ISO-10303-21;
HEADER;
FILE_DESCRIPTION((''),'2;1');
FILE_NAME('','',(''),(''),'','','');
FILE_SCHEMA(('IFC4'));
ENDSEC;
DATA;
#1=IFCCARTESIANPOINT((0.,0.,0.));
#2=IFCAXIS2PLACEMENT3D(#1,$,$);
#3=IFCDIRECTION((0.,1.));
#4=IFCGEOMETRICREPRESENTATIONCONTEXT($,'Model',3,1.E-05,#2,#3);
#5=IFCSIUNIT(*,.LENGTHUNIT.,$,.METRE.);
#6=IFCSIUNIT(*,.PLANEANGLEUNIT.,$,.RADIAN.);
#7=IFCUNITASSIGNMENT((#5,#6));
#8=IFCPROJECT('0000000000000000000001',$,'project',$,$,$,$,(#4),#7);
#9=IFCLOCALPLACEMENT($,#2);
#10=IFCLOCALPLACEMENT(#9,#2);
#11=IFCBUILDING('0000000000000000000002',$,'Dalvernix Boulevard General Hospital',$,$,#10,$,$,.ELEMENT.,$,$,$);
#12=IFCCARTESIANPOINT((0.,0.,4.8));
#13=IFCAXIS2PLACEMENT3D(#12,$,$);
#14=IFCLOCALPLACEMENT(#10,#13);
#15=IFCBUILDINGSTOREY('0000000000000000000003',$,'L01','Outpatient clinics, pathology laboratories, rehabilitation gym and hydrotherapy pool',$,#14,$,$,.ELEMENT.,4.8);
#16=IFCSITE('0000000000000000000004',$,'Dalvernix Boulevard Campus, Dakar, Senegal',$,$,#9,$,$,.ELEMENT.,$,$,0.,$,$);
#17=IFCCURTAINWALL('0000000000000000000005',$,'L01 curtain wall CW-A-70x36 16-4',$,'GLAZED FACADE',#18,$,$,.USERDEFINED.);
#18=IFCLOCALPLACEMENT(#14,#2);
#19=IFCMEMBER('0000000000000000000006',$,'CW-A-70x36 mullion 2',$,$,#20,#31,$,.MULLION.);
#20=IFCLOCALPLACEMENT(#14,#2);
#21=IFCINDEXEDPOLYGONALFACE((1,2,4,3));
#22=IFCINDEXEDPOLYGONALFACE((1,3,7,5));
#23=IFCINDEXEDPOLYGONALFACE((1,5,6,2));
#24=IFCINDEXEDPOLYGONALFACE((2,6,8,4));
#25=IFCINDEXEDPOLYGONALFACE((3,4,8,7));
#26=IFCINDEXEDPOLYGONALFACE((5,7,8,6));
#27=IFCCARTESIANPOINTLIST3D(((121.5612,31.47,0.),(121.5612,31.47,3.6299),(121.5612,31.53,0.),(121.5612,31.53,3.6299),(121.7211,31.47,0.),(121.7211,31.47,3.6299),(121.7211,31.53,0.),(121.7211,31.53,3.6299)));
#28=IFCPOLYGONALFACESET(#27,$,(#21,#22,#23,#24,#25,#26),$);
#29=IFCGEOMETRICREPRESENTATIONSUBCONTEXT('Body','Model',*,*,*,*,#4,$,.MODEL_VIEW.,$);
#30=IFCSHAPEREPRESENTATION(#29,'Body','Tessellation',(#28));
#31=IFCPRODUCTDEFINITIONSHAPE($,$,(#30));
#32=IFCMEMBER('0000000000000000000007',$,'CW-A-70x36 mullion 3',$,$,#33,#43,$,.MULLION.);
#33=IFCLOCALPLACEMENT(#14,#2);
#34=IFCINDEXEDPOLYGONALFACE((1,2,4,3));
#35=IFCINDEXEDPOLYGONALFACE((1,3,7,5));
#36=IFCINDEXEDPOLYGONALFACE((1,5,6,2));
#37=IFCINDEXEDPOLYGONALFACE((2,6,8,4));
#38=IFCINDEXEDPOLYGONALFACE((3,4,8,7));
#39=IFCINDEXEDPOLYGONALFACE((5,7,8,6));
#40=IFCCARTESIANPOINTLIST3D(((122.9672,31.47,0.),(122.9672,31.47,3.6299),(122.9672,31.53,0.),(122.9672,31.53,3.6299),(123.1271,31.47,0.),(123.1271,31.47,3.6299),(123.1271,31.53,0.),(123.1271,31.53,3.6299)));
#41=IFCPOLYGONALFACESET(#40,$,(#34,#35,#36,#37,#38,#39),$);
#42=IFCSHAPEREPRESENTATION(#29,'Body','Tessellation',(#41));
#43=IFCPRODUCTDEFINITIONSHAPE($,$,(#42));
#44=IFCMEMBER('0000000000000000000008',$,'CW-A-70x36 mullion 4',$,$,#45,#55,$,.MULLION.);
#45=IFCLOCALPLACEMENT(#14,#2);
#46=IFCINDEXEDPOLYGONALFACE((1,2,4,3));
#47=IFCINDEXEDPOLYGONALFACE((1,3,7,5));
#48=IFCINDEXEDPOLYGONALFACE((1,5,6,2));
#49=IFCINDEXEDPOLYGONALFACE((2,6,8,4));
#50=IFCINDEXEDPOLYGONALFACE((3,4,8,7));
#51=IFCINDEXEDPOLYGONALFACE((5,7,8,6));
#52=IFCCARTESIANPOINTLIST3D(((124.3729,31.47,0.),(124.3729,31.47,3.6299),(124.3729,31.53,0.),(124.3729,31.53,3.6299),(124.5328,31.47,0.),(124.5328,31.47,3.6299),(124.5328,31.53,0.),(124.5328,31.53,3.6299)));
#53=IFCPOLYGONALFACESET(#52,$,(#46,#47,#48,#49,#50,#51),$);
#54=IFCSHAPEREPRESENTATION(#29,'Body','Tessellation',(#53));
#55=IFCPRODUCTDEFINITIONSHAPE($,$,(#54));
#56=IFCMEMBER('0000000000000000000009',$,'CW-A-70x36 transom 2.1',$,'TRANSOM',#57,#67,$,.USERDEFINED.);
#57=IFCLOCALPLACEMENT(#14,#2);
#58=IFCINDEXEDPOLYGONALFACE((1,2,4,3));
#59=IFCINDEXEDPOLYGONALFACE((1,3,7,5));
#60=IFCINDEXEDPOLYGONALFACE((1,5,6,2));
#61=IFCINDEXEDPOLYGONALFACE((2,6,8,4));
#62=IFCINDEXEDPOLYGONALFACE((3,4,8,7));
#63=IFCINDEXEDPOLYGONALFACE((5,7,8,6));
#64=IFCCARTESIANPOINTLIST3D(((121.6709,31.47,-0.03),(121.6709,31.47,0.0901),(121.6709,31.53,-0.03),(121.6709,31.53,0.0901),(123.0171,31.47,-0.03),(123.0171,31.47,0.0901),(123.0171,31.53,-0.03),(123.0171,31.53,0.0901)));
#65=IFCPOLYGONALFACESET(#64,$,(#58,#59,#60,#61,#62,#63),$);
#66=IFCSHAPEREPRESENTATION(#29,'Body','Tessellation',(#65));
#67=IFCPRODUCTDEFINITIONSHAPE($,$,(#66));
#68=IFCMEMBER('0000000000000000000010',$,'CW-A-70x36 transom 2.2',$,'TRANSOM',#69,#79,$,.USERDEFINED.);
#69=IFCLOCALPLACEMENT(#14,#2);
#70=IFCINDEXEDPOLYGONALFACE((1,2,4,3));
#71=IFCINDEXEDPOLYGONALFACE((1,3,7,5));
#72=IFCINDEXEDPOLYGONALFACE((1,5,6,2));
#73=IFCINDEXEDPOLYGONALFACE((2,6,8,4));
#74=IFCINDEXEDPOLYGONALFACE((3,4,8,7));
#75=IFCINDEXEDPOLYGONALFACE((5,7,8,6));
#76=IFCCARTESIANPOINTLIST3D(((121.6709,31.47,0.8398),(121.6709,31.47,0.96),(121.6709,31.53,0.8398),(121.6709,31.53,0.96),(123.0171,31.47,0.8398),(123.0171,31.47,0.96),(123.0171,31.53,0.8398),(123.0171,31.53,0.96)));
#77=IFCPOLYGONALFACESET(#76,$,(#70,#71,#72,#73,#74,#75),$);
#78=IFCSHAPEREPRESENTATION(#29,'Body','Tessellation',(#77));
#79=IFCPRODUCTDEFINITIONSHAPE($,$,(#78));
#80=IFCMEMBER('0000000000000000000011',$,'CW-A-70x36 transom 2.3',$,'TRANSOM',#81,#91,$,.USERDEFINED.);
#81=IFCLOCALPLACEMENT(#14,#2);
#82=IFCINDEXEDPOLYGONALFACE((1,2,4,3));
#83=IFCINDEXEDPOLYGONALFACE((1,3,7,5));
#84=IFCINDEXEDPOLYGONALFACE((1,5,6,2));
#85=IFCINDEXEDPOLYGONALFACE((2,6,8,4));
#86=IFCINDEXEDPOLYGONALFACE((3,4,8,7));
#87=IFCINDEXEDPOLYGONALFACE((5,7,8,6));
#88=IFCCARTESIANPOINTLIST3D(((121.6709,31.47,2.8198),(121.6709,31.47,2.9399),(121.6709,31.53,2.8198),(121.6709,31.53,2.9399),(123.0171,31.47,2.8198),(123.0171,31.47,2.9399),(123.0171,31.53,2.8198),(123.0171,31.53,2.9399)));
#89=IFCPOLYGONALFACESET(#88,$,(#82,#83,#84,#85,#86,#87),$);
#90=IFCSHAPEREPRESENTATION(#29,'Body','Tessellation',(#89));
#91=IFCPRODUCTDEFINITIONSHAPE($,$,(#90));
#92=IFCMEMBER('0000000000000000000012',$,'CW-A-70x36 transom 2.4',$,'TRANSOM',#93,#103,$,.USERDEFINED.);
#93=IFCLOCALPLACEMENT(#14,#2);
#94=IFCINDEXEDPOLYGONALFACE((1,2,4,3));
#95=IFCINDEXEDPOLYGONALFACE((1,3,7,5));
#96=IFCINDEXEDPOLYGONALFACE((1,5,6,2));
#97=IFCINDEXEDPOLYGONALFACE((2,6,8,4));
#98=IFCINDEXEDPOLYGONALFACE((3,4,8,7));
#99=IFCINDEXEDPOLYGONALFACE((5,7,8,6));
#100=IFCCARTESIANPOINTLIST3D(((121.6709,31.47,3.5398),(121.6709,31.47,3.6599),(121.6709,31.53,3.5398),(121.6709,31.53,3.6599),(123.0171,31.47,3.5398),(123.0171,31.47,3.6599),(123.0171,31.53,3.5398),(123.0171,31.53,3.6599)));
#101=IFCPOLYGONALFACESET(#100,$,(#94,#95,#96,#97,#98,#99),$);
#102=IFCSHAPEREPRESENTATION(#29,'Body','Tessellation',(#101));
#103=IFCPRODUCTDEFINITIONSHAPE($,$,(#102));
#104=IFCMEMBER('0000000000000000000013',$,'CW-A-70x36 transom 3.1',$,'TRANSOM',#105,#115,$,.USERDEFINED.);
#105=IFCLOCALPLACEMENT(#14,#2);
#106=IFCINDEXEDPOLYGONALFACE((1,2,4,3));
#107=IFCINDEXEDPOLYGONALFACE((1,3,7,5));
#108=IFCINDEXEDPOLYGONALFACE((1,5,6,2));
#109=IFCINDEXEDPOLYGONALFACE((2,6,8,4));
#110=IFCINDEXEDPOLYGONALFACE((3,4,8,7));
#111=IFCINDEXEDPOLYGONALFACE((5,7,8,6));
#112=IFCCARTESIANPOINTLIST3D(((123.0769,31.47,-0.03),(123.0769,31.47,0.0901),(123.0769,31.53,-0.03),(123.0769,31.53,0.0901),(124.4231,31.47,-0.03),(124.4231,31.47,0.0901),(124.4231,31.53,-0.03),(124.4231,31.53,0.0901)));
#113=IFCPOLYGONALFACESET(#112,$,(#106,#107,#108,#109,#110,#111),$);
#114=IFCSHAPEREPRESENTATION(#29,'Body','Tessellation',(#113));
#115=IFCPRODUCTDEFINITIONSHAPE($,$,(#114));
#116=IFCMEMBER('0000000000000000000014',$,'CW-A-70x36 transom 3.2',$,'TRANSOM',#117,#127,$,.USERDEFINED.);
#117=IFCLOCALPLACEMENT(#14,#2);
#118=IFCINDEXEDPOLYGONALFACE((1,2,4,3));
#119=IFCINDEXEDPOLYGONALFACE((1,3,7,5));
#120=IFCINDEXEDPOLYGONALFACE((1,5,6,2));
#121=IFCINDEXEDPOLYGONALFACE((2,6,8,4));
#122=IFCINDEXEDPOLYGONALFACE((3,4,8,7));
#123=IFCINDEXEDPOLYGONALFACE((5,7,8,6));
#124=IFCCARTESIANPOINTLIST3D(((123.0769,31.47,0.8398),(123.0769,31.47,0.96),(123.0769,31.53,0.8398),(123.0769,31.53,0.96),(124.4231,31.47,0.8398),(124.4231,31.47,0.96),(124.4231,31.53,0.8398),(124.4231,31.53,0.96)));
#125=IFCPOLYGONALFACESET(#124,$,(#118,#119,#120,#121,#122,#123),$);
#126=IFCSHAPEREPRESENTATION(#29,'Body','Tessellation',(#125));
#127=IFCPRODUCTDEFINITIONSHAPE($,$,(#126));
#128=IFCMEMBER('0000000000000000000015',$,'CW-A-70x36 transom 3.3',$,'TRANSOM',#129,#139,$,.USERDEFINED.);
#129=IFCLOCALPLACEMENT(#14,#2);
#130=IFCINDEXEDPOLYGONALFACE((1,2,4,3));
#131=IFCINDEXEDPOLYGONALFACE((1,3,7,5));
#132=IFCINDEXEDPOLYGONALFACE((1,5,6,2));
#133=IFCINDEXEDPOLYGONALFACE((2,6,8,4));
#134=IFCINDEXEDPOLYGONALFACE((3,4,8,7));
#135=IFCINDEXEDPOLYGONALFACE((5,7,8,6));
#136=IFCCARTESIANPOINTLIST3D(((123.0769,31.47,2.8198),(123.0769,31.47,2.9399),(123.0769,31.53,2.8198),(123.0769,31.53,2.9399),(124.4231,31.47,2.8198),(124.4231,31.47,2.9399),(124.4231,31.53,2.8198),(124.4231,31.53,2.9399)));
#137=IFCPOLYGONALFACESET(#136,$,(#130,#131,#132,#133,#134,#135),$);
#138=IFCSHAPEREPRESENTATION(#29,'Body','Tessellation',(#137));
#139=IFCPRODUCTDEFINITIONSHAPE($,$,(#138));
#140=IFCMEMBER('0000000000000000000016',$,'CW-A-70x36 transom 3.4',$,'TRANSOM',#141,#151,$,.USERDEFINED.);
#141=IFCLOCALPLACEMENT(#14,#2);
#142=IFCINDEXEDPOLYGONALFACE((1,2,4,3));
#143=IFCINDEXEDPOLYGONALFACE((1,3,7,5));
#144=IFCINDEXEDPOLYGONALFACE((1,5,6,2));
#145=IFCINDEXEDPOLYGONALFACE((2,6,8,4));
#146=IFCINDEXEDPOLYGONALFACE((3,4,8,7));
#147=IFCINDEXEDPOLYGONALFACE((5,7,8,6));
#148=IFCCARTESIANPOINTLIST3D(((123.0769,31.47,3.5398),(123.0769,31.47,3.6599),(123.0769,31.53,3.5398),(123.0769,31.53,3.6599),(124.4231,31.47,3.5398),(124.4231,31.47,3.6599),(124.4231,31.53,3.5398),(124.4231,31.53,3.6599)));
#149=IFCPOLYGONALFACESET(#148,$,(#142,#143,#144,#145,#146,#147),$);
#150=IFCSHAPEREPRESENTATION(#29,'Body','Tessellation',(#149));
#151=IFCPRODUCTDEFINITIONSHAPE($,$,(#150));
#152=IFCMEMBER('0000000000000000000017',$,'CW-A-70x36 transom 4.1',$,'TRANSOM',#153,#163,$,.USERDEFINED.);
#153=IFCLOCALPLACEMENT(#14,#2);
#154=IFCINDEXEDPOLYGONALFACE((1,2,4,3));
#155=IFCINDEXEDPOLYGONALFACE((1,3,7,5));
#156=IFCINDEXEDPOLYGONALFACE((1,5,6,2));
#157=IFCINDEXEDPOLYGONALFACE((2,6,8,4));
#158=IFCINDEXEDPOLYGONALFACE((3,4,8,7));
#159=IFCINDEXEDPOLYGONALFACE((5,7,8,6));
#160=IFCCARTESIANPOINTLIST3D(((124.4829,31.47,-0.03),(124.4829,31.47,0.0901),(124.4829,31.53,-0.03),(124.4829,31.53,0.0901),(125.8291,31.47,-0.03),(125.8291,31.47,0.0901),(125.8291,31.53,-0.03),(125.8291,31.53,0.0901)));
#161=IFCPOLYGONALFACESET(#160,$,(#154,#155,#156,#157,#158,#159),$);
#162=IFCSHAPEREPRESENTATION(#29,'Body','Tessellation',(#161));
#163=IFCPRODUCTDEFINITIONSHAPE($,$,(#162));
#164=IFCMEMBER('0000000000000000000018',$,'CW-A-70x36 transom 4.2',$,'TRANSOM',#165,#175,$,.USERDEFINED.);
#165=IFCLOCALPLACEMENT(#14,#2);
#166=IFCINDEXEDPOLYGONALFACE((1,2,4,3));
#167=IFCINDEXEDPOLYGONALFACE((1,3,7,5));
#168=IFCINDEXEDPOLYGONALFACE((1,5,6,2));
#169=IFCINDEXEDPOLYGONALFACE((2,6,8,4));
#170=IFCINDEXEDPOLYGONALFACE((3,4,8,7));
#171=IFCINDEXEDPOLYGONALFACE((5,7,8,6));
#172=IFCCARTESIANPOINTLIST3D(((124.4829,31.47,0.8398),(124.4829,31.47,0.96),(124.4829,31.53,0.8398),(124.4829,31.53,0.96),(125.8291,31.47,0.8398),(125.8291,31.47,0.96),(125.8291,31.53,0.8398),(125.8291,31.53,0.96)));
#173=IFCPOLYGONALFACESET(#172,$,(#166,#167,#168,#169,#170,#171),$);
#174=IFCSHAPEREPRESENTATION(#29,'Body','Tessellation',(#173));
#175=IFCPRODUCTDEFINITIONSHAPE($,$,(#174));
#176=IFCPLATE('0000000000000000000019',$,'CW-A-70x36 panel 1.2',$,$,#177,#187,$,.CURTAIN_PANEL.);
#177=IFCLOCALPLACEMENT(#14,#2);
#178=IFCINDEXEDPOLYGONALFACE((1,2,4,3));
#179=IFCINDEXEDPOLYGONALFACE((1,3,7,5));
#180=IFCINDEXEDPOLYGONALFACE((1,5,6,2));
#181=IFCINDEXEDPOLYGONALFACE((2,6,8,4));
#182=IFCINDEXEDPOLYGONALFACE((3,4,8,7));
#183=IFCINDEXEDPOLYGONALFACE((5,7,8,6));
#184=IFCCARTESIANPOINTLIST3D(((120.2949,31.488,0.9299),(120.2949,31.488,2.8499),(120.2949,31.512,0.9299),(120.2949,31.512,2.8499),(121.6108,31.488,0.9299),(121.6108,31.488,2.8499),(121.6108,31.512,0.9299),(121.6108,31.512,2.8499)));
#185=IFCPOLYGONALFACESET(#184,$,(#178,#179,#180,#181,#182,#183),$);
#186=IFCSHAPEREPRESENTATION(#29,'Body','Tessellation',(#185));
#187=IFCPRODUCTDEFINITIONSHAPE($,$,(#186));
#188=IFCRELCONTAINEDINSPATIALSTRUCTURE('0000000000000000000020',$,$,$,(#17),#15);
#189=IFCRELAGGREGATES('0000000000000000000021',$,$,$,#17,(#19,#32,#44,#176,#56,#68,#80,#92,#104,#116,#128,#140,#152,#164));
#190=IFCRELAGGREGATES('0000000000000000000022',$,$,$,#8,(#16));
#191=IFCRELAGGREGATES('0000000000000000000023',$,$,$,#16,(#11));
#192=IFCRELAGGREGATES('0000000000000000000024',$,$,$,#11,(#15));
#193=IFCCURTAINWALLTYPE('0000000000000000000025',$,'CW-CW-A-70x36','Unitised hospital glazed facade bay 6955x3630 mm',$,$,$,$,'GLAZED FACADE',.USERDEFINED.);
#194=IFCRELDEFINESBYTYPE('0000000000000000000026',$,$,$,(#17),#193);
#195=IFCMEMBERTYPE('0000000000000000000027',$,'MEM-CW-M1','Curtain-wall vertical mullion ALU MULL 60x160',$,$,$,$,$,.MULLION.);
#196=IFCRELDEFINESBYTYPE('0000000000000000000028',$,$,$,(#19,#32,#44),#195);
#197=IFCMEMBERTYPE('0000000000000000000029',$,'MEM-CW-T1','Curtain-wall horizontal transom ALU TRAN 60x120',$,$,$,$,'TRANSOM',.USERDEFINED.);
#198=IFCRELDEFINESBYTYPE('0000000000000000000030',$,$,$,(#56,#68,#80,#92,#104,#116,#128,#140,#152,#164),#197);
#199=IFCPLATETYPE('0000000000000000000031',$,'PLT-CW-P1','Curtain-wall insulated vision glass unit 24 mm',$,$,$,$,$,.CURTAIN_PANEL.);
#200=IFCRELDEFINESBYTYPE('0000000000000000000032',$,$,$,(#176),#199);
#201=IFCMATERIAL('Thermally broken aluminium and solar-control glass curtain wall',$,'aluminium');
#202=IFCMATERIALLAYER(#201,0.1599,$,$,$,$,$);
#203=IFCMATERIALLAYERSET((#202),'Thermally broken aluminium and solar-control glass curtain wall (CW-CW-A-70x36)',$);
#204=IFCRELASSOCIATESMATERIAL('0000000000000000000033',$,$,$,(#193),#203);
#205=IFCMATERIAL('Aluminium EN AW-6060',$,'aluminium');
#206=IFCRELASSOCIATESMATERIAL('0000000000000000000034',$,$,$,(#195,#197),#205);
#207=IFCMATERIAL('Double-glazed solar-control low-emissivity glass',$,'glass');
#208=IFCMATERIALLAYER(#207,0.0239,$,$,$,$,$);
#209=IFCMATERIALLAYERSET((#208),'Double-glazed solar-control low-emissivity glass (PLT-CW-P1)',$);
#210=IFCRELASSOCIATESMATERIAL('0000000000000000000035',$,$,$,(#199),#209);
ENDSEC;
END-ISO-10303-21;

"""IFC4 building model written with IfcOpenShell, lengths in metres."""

from ifc_helpers import new_model, si_unit, direction, frame, origin, origin_2d, place, context, subcontext, project, spatial, rectangle, extrude, material, layer, layer_set, material_profile, profile_set, type_object, element, aggregate, save


model = new_model("IFC4")

# Units and contexts
model_context = context("Model", 3, precision=1e-05, world=origin(), true_north=direction((0.0, 1.0)))
body_context = subcontext(model_context, "Body", "Model", "MODEL_VIEW")
ifc_project = project(units=[si_unit("LENGTHUNIT", "METRE"), si_unit("PLANEANGLEUNIT", "RADIAN")], contexts=[model_context])

# Site, building, storey
site_placement = place(None, origin())
site = spatial("IfcSite", under=ifc_project, at=site_placement, Name="Dalvernix Boulevard Campus, Dakar, Senegal", CompositionType="ELEMENT", RefElevation=0.0)
building_placement = place(site_placement, origin())
building = spatial("IfcBuilding", under=site, at=building_placement, Name="Dalvernix Boulevard General Hospital", CompositionType="ELEMENT")
storey_placement = place(building_placement, frame((0.0, 0.0, 4.8)))
storey = spatial("IfcBuildingStorey", under=building, at=storey_placement, Name="L01", Description="Outpatient clinics, pathology laboratories, rehabilitation gym and hydrotherapy pool", CompositionType="ELEMENT", Elevation=4.8)

# Curtain wall, members, plate
ifc_material_1 = material(Name="Thermally broken aluminium and solar-control glass curtain wall", Category="aluminium")
ifc_layer_1 = layer(ifc_material_1, 0.1599)
ifc_layer_set_1 = layer_set([ifc_layer_1], Name="Thermally broken aluminium and solar-control glass curtain wall (CW-CW-A-70x36)")
curtain_wall_type = type_object("IfcCurtainWallType", Name="CW-CW-A-70x36", Description="Unitised hospital glazed facade bay 6955x3630 mm", ElementType="GLAZED FACADE", PredefinedType="USERDEFINED", material=ifc_layer_set_1)
curtain_wall_placement = place(storey_placement, origin())
curtain_wall = element("IfcCurtainWall", 1, at=curtain_wall_placement, inside=storey, type_object=curtain_wall_type, Name="L01 curtain wall CW-A-70x36 16-4", ObjectType="GLAZED FACADE", PredefinedType="USERDEFINED")
ifc_material_2 = material(Name="Aluminium EN AW-6060", Category="aluminium")
ifc_material_profile_1 = material_profile(ifc_material_2, rectangle(XDim=0.0601, YDim=0.1599, at=origin_2d()), Name="ALU MULL 60x160")
ifc_profile_set_1 = profile_set([ifc_material_profile_1], Name="Aluminium EN AW-6060")
member_type_1 = type_object("IfcMemberType", Name="MEM-CW-M1", Description="Curtain-wall vertical mullion ALU MULL 60x160", PredefinedType="MULLION", material=ifc_profile_set_1)
member_1_placement = place(storey_placement, frame((121.6411, 31.5, 0.0), z_axis=(0.0, 0.0, 1.0), x_axis=(0.0, 1.0, 0.0)))
member_1 = element("IfcMember", 2, at=member_1_placement, type_object=member_type_1, Name="CW-A-70x36 mullion 2", PredefinedType="MULLION", context=body_context, shape_type="SweptSolid", body=[
    extrude(rectangle(XDim=0.0601, YDim=0.1599, at=origin_2d()), origin(), (0.0, 0.0, 1.0), 3.6299),
])
member_2_placement = place(storey_placement, frame((123.0471, 31.5, 0.0), z_axis=(0.0, 0.0, 1.0), x_axis=(0.0, 1.0, 0.0)))
member_2 = element("IfcMember", 3, at=member_2_placement, type_object=member_type_1, Name="CW-A-70x36 mullion 3", PredefinedType="MULLION", context=body_context, shape_type="SweptSolid", body=[
    extrude(rectangle(XDim=0.0601, YDim=0.1599, at=origin_2d()), origin(), (0.0, 0.0, 1.0), 3.6299),
])
member_3_placement = place(storey_placement, frame((124.4529, 31.5, 0.0), z_axis=(0.0, 0.0, 1.0), x_axis=(0.0, 1.0, 0.0)))
member_3 = element("IfcMember", 4, at=member_3_placement, type_object=member_type_1, Name="CW-A-70x36 mullion 4", PredefinedType="MULLION", context=body_context, shape_type="SweptSolid", body=[
    extrude(rectangle(XDim=0.0601, YDim=0.1599, at=origin_2d()), origin(), (0.0, 0.0, 1.0), 3.6299),
])
ifc_material_profile_2 = material_profile(ifc_material_2, rectangle(XDim=0.0601, YDim=0.1201, at=origin_2d()), Name="ALU TRAN 60x120")
ifc_profile_set_2 = profile_set([ifc_material_profile_2], Name="Aluminium EN AW-6060")
member_type_2 = type_object("IfcMemberType", Name="MEM-CW-T1", Description="Curtain-wall horizontal transom ALU TRAN 60x120", ElementType="TRANSOM", PredefinedType="USERDEFINED", material=ifc_profile_set_2)
member_4_placement = place(storey_placement, frame((121.6709, 31.5, 0.03), z_axis=(1.0, 0.0, 0.0), x_axis=(0.0, 1.0, 0.0)))
member_4 = element("IfcMember", 5, at=member_4_placement, type_object=member_type_2, Name="CW-A-70x36 transom 2.1", ObjectType="TRANSOM", PredefinedType="USERDEFINED", context=body_context, shape_type="SweptSolid", body=[
    extrude(rectangle(XDim=0.0601, YDim=0.1201, at=origin_2d()), origin(), (0.0, 0.0, 1.0), 1.3462),
])
member_5_placement = place(storey_placement, frame((121.6709, 31.5, 0.8999), z_axis=(1.0, 0.0, 0.0), x_axis=(0.0, 1.0, 0.0)))
member_5 = element("IfcMember", 6, at=member_5_placement, type_object=member_type_2, Name="CW-A-70x36 transom 2.2", ObjectType="TRANSOM", PredefinedType="USERDEFINED", context=body_context, shape_type="SweptSolid", body=[
    extrude(rectangle(XDim=0.0601, YDim=0.1201, at=origin_2d()), origin(), (0.0, 0.0, 1.0), 1.3462),
])
member_6_placement = place(storey_placement, frame((121.6709, 31.5, 2.8799), z_axis=(1.0, 0.0, 0.0), x_axis=(0.0, 1.0, 0.0)))
member_6 = element("IfcMember", 7, at=member_6_placement, type_object=member_type_2, Name="CW-A-70x36 transom 2.3", ObjectType="TRANSOM", PredefinedType="USERDEFINED", context=body_context, shape_type="SweptSolid", body=[
    extrude(rectangle(XDim=0.0601, YDim=0.1201, at=origin_2d()), origin(), (0.0, 0.0, 1.0), 1.3462),
])
member_7_placement = place(storey_placement, frame((121.6709, 31.5, 3.5999), z_axis=(1.0, 0.0, 0.0), x_axis=(0.0, 1.0, 0.0)))
member_7 = element("IfcMember", 8, at=member_7_placement, type_object=member_type_2, Name="CW-A-70x36 transom 2.4", ObjectType="TRANSOM", PredefinedType="USERDEFINED", context=body_context, shape_type="SweptSolid", body=[
    extrude(rectangle(XDim=0.0601, YDim=0.1201, at=origin_2d()), origin(), (0.0, 0.0, 1.0), 1.3462),
])
member_8_placement = place(storey_placement, frame((123.0769, 31.5, 0.03), z_axis=(1.0, 0.0, 0.0), x_axis=(0.0, 1.0, 0.0)))
member_8 = element("IfcMember", 9, at=member_8_placement, type_object=member_type_2, Name="CW-A-70x36 transom 3.1", ObjectType="TRANSOM", PredefinedType="USERDEFINED", context=body_context, shape_type="SweptSolid", body=[
    extrude(rectangle(XDim=0.0601, YDim=0.1201, at=origin_2d()), origin(), (0.0, 0.0, 1.0), 1.3462),
])
member_9_placement = place(storey_placement, frame((123.0769, 31.5, 0.8999), z_axis=(1.0, 0.0, 0.0), x_axis=(0.0, 1.0, 0.0)))
member_9 = element("IfcMember", 10, at=member_9_placement, type_object=member_type_2, Name="CW-A-70x36 transom 3.2", ObjectType="TRANSOM", PredefinedType="USERDEFINED", context=body_context, shape_type="SweptSolid", body=[
    extrude(rectangle(XDim=0.0601, YDim=0.1201, at=origin_2d()), origin(), (0.0, 0.0, 1.0), 1.3462),
])
member_10_placement = place(storey_placement, frame((123.0769, 31.5, 2.8799), z_axis=(1.0, 0.0, 0.0), x_axis=(0.0, 1.0, 0.0)))
member_10 = element("IfcMember", 11, at=member_10_placement, type_object=member_type_2, Name="CW-A-70x36 transom 3.3", ObjectType="TRANSOM", PredefinedType="USERDEFINED", context=body_context, shape_type="SweptSolid", body=[
    extrude(rectangle(XDim=0.0601, YDim=0.1201, at=origin_2d()), origin(), (0.0, 0.0, 1.0), 1.3462),
])
member_11_placement = place(storey_placement, frame((123.0769, 31.5, 3.5999), z_axis=(1.0, 0.0, 0.0), x_axis=(0.0, 1.0, 0.0)))
member_11 = element("IfcMember", 12, at=member_11_placement, type_object=member_type_2, Name="CW-A-70x36 transom 3.4", ObjectType="TRANSOM", PredefinedType="USERDEFINED", context=body_context, shape_type="SweptSolid", body=[
    extrude(rectangle(XDim=0.0601, YDim=0.1201, at=origin_2d()), origin(), (0.0, 0.0, 1.0), 1.3462),
])
member_12_placement = place(storey_placement, frame((124.4829, 31.5, 0.03), z_axis=(1.0, 0.0, 0.0), x_axis=(0.0, 1.0, 0.0)))
member_12 = element("IfcMember", 13, at=member_12_placement, type_object=member_type_2, Name="CW-A-70x36 transom 4.1", ObjectType="TRANSOM", PredefinedType="USERDEFINED", context=body_context, shape_type="SweptSolid", body=[
    extrude(rectangle(XDim=0.0601, YDim=0.1201, at=origin_2d()), origin(), (0.0, 0.0, 1.0), 1.3462),
])
member_13_placement = place(storey_placement, frame((124.4829, 31.5, 0.8999), z_axis=(1.0, 0.0, 0.0), x_axis=(0.0, 1.0, 0.0)))
member_13 = element("IfcMember", 14, at=member_13_placement, type_object=member_type_2, Name="CW-A-70x36 transom 4.2", ObjectType="TRANSOM", PredefinedType="USERDEFINED", context=body_context, shape_type="SweptSolid", body=[
    extrude(rectangle(XDim=0.0601, YDim=0.1201, at=origin_2d()), origin(), (0.0, 0.0, 1.0), 1.3462),
])
ifc_material_3 = material(Name="Double-glazed solar-control low-emissivity glass", Category="glass")
ifc_layer_2 = layer(ifc_material_3, 0.0239)
ifc_layer_set_2 = layer_set([ifc_layer_2], Name="Double-glazed solar-control low-emissivity glass (PLT-CW-P1)")
plate_type = type_object("IfcPlateType", Name="PLT-CW-P1", Description="Curtain-wall insulated vision glass unit 24 mm", PredefinedType="CURTAIN_PANEL", material=ifc_layer_set_2)
plate_1_placement = place(storey_placement, frame((120.9529, 31.5, 0.9299), z_axis=(0.0, 0.0, 1.0), x_axis=(1.0, 0.0, 0.0)))
plate_1 = element("IfcPlate", 15, at=plate_1_placement, type_object=plate_type, Name="CW-A-70x36 panel 1.2", PredefinedType="CURTAIN_PANEL", context=body_context, shape_type="SweptSolid", body=[
    extrude(rectangle(XDim=1.3159, YDim=0.0239, at=origin_2d()), origin(), (0.0, 0.0, 1.0), 1.9199),
])
aggregate(curtain_wall, [member_1, member_2, member_3, plate_1, member_4, member_5, member_6, member_7, member_8, member_9, member_10, member_11, member_12, member_13])

save(model, "model.ifc")
